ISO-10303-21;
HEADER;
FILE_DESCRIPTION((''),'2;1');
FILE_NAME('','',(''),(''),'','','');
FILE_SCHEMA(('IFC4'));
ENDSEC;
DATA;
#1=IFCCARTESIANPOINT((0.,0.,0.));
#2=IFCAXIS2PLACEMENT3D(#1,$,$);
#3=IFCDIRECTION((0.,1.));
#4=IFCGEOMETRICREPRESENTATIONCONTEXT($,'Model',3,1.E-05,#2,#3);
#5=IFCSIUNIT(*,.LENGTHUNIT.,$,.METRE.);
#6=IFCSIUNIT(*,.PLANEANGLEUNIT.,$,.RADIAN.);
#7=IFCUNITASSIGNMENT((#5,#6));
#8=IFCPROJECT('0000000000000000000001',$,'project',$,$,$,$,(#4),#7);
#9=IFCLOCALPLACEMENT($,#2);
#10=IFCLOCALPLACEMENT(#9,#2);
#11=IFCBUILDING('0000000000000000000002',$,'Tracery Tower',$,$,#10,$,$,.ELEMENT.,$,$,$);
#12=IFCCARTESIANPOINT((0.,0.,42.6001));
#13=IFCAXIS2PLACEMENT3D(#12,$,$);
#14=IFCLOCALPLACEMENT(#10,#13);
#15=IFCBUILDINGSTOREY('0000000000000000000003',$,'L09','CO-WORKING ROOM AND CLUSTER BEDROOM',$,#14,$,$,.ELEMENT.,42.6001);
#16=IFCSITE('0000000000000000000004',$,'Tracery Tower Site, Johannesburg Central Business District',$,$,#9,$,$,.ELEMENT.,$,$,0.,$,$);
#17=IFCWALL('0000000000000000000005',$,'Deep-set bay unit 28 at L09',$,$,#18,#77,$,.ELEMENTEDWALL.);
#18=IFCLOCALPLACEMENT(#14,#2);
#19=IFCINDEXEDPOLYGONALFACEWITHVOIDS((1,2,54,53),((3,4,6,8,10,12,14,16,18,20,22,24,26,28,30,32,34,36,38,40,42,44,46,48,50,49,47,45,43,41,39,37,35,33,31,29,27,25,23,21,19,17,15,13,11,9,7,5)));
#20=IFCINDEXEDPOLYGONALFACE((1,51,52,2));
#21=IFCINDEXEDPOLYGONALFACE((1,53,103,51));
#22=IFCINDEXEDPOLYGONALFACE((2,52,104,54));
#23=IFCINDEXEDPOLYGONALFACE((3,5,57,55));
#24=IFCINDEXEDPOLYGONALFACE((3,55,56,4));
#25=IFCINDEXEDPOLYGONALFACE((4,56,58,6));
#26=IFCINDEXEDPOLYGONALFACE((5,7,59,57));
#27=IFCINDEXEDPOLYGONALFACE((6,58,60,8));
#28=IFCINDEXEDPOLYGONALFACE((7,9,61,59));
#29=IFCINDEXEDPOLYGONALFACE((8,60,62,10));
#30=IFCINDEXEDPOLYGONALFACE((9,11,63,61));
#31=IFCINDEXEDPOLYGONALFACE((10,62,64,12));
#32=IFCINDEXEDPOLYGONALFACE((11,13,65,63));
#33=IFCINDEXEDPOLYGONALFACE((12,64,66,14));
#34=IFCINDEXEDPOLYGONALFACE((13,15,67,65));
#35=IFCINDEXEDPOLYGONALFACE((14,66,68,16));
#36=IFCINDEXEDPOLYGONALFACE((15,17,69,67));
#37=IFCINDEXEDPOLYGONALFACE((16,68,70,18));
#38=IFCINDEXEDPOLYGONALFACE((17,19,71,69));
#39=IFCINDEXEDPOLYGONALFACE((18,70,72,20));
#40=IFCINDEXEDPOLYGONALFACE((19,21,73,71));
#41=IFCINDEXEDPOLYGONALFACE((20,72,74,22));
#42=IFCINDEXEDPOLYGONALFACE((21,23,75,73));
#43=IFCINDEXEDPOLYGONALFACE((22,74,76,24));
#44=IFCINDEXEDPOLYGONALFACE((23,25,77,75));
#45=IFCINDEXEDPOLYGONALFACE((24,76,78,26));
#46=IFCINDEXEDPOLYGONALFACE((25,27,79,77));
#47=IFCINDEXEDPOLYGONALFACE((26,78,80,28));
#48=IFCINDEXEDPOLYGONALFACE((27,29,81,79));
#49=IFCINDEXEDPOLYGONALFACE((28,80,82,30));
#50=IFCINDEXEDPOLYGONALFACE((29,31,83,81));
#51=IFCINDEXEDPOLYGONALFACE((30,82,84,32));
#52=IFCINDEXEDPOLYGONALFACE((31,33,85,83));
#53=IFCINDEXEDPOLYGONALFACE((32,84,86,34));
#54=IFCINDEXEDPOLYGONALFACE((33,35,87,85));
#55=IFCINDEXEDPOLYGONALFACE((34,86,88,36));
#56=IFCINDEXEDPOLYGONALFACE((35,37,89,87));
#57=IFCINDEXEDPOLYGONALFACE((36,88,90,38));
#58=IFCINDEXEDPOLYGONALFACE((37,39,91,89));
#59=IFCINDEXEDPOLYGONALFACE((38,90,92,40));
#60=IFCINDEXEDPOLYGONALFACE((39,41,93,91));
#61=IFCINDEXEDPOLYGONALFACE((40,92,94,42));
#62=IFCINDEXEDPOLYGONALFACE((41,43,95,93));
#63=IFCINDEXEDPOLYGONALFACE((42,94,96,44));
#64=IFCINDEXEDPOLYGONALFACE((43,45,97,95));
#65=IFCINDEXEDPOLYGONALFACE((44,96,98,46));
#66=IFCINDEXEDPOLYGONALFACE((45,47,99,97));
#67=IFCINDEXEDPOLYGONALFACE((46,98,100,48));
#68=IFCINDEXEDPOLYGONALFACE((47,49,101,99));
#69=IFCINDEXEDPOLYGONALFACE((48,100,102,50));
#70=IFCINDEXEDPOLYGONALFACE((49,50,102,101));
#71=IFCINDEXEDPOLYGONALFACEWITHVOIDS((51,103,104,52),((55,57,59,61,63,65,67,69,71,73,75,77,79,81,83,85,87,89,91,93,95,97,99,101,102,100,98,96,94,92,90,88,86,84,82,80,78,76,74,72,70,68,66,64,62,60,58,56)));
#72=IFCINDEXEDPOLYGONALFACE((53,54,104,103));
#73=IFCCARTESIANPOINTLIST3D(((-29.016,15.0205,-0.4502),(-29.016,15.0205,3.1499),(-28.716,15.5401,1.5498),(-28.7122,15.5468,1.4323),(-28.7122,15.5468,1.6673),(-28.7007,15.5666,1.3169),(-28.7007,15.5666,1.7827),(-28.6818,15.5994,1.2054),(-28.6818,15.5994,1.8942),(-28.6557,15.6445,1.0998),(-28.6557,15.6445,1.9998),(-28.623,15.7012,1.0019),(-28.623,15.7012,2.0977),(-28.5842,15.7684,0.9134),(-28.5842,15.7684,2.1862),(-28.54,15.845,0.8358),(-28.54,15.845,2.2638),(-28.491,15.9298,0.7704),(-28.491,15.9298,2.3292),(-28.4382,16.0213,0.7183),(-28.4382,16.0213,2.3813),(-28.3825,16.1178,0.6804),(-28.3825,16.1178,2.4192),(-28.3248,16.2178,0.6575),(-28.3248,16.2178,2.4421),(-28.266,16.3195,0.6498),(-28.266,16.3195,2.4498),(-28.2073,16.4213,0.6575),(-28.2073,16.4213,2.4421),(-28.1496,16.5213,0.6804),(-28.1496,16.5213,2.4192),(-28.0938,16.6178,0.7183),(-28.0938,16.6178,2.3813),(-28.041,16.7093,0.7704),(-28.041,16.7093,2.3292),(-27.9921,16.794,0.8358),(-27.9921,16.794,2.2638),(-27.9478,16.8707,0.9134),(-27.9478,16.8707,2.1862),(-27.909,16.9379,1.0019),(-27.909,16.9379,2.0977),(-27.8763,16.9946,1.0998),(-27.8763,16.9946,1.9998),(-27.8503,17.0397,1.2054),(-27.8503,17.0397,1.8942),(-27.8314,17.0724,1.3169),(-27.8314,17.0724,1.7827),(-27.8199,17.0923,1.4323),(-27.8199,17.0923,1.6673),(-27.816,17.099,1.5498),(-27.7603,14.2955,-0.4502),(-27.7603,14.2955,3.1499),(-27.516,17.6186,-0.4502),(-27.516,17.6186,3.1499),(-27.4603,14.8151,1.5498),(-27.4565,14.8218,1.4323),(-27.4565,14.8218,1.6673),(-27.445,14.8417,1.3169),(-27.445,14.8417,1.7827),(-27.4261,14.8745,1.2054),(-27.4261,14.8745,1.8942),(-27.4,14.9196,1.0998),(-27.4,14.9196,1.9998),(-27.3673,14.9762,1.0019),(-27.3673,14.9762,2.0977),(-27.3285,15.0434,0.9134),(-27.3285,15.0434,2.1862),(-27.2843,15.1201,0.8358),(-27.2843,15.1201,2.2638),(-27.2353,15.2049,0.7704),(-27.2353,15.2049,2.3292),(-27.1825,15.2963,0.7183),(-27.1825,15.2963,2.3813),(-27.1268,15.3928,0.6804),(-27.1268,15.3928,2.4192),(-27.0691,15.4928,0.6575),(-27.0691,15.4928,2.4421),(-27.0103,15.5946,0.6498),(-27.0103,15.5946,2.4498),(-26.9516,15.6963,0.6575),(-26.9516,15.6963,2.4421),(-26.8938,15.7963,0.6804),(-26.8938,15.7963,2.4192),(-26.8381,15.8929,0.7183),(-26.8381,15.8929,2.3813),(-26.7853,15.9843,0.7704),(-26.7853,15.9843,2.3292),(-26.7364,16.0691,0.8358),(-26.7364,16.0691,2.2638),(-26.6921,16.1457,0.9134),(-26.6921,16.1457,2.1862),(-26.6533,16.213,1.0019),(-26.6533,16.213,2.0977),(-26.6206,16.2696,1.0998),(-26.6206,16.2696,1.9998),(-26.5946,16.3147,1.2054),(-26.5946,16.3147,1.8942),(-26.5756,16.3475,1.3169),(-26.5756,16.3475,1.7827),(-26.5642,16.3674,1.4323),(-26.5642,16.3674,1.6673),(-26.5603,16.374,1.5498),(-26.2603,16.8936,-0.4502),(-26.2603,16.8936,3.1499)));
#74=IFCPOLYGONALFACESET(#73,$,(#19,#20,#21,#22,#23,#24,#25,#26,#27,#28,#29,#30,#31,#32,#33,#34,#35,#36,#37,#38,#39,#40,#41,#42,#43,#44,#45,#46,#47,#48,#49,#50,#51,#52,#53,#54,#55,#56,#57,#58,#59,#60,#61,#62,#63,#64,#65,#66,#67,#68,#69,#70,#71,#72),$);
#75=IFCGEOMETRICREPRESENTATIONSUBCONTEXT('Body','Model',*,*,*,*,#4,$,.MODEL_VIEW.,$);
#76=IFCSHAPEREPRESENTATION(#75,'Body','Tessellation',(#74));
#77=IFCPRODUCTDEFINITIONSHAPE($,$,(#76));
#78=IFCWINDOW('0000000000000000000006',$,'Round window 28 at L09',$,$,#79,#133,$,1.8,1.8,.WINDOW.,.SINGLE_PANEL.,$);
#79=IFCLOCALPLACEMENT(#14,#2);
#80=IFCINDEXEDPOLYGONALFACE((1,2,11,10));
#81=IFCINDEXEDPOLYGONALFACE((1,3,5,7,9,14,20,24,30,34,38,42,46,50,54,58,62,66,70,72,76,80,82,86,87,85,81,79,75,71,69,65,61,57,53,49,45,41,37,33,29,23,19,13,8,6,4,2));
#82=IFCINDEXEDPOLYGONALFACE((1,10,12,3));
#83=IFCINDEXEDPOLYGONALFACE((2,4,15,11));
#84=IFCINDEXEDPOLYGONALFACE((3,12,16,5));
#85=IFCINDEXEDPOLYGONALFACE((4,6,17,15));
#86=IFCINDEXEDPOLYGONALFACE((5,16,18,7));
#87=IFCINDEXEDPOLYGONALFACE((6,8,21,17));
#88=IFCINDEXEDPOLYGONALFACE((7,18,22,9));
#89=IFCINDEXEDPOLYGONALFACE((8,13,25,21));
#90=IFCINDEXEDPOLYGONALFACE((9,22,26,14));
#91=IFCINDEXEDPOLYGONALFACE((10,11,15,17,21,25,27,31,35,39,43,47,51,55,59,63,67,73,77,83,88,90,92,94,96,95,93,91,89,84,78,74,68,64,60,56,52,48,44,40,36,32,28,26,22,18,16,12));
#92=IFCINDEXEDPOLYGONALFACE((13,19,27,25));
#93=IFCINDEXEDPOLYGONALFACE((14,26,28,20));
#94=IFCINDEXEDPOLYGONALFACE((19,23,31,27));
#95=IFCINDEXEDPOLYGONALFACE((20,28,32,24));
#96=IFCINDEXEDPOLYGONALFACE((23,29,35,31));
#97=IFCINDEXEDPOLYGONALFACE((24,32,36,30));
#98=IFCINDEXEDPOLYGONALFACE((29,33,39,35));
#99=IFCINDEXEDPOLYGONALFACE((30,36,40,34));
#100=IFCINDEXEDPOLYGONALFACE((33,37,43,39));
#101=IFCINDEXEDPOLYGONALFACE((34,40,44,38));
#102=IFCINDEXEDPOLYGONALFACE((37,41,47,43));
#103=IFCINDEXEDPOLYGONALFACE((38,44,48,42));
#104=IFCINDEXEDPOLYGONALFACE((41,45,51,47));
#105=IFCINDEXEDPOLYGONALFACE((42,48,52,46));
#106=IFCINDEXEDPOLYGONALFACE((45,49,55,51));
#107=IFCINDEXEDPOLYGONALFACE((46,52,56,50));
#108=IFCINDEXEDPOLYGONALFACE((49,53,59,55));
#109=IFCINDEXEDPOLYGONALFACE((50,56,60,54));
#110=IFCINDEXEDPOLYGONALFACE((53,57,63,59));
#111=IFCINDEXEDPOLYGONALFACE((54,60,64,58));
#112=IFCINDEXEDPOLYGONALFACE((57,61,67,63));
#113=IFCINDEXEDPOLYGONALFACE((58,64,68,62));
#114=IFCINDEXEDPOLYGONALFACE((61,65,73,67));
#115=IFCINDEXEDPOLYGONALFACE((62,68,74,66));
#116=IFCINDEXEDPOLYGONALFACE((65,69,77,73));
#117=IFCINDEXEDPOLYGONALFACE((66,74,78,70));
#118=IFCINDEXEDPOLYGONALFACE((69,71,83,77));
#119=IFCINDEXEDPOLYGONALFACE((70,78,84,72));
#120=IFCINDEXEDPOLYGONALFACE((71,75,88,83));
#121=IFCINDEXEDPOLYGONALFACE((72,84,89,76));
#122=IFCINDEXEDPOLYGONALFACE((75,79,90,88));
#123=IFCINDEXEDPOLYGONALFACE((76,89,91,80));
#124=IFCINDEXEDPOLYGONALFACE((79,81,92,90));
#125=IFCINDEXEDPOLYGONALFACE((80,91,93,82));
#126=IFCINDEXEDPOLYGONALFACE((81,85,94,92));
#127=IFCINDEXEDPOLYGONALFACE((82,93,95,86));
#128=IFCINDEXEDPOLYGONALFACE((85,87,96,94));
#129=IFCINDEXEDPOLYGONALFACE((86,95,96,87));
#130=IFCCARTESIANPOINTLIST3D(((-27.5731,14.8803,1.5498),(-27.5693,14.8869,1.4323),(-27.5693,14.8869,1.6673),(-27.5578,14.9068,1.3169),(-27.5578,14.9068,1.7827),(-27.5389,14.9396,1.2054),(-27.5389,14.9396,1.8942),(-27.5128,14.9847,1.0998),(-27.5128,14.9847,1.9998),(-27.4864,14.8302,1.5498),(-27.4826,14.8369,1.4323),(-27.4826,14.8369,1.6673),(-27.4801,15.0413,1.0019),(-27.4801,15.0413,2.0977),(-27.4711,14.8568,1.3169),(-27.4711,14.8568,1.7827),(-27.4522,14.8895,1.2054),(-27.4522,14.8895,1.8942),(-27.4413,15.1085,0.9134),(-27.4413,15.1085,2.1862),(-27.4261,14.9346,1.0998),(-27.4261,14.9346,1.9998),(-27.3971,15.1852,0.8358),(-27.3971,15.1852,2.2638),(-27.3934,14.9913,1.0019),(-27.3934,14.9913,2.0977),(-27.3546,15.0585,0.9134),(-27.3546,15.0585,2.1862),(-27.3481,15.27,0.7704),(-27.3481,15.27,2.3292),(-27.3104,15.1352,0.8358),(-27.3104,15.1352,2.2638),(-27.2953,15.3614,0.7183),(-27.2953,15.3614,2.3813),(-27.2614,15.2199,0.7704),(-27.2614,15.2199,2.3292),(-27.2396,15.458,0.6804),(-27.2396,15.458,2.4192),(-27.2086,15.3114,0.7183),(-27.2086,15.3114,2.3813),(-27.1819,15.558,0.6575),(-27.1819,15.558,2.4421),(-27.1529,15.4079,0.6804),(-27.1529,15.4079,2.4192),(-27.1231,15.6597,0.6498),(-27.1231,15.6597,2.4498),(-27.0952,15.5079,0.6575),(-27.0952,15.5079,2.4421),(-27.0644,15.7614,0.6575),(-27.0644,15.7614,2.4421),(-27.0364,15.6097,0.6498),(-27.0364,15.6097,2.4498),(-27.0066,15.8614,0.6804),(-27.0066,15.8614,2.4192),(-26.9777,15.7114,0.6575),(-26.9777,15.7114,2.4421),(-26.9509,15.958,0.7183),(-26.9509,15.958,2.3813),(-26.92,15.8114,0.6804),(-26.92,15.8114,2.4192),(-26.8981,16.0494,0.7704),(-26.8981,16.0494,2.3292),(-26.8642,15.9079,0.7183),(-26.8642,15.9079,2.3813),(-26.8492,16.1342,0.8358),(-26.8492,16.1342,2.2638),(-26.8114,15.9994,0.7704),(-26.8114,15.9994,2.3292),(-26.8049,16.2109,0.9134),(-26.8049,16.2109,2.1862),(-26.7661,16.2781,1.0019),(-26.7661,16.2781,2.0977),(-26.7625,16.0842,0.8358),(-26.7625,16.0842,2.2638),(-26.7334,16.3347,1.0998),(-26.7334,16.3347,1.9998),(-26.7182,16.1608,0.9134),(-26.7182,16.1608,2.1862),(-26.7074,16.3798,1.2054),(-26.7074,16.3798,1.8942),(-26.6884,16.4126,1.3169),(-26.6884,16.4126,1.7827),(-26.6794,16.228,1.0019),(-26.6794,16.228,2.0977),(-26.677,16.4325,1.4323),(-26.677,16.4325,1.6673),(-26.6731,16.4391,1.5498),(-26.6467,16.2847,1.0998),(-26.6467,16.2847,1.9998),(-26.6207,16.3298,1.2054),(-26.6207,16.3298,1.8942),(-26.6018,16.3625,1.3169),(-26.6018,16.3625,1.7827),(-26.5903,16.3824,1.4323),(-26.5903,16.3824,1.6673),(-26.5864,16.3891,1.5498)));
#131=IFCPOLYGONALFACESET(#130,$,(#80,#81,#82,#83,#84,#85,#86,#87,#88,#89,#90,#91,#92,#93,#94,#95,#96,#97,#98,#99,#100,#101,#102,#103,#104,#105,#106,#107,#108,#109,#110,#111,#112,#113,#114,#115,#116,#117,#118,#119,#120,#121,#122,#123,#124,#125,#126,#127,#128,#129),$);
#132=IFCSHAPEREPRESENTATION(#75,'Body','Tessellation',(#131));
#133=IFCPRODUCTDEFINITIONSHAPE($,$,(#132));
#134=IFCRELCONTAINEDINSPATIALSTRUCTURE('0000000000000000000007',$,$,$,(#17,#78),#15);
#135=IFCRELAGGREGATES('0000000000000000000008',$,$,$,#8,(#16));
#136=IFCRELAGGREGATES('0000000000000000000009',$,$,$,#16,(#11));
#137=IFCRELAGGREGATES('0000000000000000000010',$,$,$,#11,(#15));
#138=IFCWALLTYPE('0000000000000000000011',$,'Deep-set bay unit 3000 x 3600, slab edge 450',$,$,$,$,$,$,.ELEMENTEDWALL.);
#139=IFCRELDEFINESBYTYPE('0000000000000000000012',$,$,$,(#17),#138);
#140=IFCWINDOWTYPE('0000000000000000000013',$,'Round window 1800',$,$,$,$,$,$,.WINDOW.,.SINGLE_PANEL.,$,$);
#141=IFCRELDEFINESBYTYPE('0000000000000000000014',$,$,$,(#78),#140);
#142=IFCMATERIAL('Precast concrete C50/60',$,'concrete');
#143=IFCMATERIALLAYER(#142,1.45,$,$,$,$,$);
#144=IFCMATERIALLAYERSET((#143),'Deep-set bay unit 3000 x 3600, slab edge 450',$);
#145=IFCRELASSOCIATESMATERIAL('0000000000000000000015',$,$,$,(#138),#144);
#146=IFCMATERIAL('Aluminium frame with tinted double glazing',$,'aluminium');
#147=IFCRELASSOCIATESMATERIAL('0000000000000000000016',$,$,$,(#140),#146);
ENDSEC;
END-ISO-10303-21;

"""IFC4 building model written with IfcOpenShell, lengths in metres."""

from ifc_helpers import new_model, si_unit, direction, frame, frame_2d, origin, origin_2d, place, context, subcontext, project, spatial, rectangle, circle, extrude, material, layer, layer_set, type_object, element, fill, save


model = new_model("IFC4")

# Units and contexts
model_context = context("Model", 3, precision=1e-05, world=origin(), true_north=direction((0.0, 1.0)))
body_context = subcontext(model_context, "Body", "Model", "MODEL_VIEW")
ifc_project = project(units=[si_unit("LENGTHUNIT", "METRE"), si_unit("PLANEANGLEUNIT", "RADIAN")], contexts=[model_context])

# Site, building, storey
site_placement = place(None, origin())
site = spatial("IfcSite", under=ifc_project, at=site_placement, Name="Tracery Tower Site, Johannesburg Central Business District", CompositionType="ELEMENT", RefElevation=0.0)
building_placement = place(site_placement, origin())
building = spatial("IfcBuilding", under=site, at=building_placement, Name="Tracery Tower", CompositionType="ELEMENT")
storey_placement = place(building_placement, frame((0.0, 0.0, 42.6001)))
storey = spatial("IfcBuildingStorey", under=building, at=storey_placement, Name="L09", Description="CO-WORKING ROOM AND CLUSTER BEDROOM", CompositionType="ELEMENT", Elevation=42.6001)

# Wall, opening, window
ifc_material_1 = material(Name="Precast concrete C50/60", Category="concrete")
ifc_layer_1 = layer(ifc_material_1, 1.45)
ifc_layer_set_1 = layer_set([ifc_layer_1], Name="Deep-set bay unit 3000 x 3600, slab edge 450")
wall_type_1 = type_object("IfcWallType", Name="Deep-set bay unit 3000 x 3600, slab edge 450", PredefinedType="ELEMENTEDWALL", material=ifc_layer_set_1)
ifc_material_2 = material(Name="Aluminium frame with tinted double glazing", Category="aluminium")
window_type = type_object("IfcWindowType", Name="Round window 1800", PartitioningType="SINGLE_PANEL", PredefinedType="WINDOW", material=ifc_material_2)
wall_1_placement = place(storey_placement, frame((-26.8882, 17.2561, -0.4502), z_axis=(0.0, 0.0, 1.0), x_axis=(-0.49999, -0.866031, 0.0)))
wall_1 = element("IfcWall", 1, at=wall_1_placement, inside=storey, type_object=wall_type_1, Name="Deep-set bay unit 28 at L09", PredefinedType="ELEMENTEDWALL", context=body_context, shape_type="SweptSolid", body=[
    extrude(rectangle(XDim=3.0, YDim=1.45, at=frame_2d((1.5, 0.0))), origin(), (0.0, 0.0, 1.0), 3.6001),
])
opening_1_placement = place(wall_1_placement, frame((1.5, 0.0, 2.0)))
opening_1 = element("IfcOpeningElement", 2, at=opening_1_placement, cuts=wall_1, PredefinedType="OPENING", context=body_context, shape_type="SweptSolid", body=[
    extrude(circle(Radius=0.9, at=origin_2d()), frame((0.0, 0.7349, 0.0), z_axis=(0.0, -1.0, 0.0), x_axis=(1.0, 0.0, 0.0)), (0.0, 0.0, 1.0), 1.47),
])
window_1_placement = place(opening_1_placement, origin())
window_1 = element("IfcWindow", 3, at=window_1_placement, inside=storey, type_object=window_type, Name="Round window 28 at L09", OverallHeight=1.8, OverallWidth=1.8, PartitioningType="SINGLE_PANEL", PredefinedType="WINDOW", context=body_context, shape_type="SweptSolid", body=[
    extrude(circle(Radius=0.9, at=origin_2d()), frame((0.0, 0.6948, 0.0), z_axis=(0.0, -1.0, 0.0), x_axis=(1.0, 0.0, 0.0)), (0.0, 0.0, 1.0), 0.1001),
])
fill(opening_1, window_1)

save(model, "model.ifc")
